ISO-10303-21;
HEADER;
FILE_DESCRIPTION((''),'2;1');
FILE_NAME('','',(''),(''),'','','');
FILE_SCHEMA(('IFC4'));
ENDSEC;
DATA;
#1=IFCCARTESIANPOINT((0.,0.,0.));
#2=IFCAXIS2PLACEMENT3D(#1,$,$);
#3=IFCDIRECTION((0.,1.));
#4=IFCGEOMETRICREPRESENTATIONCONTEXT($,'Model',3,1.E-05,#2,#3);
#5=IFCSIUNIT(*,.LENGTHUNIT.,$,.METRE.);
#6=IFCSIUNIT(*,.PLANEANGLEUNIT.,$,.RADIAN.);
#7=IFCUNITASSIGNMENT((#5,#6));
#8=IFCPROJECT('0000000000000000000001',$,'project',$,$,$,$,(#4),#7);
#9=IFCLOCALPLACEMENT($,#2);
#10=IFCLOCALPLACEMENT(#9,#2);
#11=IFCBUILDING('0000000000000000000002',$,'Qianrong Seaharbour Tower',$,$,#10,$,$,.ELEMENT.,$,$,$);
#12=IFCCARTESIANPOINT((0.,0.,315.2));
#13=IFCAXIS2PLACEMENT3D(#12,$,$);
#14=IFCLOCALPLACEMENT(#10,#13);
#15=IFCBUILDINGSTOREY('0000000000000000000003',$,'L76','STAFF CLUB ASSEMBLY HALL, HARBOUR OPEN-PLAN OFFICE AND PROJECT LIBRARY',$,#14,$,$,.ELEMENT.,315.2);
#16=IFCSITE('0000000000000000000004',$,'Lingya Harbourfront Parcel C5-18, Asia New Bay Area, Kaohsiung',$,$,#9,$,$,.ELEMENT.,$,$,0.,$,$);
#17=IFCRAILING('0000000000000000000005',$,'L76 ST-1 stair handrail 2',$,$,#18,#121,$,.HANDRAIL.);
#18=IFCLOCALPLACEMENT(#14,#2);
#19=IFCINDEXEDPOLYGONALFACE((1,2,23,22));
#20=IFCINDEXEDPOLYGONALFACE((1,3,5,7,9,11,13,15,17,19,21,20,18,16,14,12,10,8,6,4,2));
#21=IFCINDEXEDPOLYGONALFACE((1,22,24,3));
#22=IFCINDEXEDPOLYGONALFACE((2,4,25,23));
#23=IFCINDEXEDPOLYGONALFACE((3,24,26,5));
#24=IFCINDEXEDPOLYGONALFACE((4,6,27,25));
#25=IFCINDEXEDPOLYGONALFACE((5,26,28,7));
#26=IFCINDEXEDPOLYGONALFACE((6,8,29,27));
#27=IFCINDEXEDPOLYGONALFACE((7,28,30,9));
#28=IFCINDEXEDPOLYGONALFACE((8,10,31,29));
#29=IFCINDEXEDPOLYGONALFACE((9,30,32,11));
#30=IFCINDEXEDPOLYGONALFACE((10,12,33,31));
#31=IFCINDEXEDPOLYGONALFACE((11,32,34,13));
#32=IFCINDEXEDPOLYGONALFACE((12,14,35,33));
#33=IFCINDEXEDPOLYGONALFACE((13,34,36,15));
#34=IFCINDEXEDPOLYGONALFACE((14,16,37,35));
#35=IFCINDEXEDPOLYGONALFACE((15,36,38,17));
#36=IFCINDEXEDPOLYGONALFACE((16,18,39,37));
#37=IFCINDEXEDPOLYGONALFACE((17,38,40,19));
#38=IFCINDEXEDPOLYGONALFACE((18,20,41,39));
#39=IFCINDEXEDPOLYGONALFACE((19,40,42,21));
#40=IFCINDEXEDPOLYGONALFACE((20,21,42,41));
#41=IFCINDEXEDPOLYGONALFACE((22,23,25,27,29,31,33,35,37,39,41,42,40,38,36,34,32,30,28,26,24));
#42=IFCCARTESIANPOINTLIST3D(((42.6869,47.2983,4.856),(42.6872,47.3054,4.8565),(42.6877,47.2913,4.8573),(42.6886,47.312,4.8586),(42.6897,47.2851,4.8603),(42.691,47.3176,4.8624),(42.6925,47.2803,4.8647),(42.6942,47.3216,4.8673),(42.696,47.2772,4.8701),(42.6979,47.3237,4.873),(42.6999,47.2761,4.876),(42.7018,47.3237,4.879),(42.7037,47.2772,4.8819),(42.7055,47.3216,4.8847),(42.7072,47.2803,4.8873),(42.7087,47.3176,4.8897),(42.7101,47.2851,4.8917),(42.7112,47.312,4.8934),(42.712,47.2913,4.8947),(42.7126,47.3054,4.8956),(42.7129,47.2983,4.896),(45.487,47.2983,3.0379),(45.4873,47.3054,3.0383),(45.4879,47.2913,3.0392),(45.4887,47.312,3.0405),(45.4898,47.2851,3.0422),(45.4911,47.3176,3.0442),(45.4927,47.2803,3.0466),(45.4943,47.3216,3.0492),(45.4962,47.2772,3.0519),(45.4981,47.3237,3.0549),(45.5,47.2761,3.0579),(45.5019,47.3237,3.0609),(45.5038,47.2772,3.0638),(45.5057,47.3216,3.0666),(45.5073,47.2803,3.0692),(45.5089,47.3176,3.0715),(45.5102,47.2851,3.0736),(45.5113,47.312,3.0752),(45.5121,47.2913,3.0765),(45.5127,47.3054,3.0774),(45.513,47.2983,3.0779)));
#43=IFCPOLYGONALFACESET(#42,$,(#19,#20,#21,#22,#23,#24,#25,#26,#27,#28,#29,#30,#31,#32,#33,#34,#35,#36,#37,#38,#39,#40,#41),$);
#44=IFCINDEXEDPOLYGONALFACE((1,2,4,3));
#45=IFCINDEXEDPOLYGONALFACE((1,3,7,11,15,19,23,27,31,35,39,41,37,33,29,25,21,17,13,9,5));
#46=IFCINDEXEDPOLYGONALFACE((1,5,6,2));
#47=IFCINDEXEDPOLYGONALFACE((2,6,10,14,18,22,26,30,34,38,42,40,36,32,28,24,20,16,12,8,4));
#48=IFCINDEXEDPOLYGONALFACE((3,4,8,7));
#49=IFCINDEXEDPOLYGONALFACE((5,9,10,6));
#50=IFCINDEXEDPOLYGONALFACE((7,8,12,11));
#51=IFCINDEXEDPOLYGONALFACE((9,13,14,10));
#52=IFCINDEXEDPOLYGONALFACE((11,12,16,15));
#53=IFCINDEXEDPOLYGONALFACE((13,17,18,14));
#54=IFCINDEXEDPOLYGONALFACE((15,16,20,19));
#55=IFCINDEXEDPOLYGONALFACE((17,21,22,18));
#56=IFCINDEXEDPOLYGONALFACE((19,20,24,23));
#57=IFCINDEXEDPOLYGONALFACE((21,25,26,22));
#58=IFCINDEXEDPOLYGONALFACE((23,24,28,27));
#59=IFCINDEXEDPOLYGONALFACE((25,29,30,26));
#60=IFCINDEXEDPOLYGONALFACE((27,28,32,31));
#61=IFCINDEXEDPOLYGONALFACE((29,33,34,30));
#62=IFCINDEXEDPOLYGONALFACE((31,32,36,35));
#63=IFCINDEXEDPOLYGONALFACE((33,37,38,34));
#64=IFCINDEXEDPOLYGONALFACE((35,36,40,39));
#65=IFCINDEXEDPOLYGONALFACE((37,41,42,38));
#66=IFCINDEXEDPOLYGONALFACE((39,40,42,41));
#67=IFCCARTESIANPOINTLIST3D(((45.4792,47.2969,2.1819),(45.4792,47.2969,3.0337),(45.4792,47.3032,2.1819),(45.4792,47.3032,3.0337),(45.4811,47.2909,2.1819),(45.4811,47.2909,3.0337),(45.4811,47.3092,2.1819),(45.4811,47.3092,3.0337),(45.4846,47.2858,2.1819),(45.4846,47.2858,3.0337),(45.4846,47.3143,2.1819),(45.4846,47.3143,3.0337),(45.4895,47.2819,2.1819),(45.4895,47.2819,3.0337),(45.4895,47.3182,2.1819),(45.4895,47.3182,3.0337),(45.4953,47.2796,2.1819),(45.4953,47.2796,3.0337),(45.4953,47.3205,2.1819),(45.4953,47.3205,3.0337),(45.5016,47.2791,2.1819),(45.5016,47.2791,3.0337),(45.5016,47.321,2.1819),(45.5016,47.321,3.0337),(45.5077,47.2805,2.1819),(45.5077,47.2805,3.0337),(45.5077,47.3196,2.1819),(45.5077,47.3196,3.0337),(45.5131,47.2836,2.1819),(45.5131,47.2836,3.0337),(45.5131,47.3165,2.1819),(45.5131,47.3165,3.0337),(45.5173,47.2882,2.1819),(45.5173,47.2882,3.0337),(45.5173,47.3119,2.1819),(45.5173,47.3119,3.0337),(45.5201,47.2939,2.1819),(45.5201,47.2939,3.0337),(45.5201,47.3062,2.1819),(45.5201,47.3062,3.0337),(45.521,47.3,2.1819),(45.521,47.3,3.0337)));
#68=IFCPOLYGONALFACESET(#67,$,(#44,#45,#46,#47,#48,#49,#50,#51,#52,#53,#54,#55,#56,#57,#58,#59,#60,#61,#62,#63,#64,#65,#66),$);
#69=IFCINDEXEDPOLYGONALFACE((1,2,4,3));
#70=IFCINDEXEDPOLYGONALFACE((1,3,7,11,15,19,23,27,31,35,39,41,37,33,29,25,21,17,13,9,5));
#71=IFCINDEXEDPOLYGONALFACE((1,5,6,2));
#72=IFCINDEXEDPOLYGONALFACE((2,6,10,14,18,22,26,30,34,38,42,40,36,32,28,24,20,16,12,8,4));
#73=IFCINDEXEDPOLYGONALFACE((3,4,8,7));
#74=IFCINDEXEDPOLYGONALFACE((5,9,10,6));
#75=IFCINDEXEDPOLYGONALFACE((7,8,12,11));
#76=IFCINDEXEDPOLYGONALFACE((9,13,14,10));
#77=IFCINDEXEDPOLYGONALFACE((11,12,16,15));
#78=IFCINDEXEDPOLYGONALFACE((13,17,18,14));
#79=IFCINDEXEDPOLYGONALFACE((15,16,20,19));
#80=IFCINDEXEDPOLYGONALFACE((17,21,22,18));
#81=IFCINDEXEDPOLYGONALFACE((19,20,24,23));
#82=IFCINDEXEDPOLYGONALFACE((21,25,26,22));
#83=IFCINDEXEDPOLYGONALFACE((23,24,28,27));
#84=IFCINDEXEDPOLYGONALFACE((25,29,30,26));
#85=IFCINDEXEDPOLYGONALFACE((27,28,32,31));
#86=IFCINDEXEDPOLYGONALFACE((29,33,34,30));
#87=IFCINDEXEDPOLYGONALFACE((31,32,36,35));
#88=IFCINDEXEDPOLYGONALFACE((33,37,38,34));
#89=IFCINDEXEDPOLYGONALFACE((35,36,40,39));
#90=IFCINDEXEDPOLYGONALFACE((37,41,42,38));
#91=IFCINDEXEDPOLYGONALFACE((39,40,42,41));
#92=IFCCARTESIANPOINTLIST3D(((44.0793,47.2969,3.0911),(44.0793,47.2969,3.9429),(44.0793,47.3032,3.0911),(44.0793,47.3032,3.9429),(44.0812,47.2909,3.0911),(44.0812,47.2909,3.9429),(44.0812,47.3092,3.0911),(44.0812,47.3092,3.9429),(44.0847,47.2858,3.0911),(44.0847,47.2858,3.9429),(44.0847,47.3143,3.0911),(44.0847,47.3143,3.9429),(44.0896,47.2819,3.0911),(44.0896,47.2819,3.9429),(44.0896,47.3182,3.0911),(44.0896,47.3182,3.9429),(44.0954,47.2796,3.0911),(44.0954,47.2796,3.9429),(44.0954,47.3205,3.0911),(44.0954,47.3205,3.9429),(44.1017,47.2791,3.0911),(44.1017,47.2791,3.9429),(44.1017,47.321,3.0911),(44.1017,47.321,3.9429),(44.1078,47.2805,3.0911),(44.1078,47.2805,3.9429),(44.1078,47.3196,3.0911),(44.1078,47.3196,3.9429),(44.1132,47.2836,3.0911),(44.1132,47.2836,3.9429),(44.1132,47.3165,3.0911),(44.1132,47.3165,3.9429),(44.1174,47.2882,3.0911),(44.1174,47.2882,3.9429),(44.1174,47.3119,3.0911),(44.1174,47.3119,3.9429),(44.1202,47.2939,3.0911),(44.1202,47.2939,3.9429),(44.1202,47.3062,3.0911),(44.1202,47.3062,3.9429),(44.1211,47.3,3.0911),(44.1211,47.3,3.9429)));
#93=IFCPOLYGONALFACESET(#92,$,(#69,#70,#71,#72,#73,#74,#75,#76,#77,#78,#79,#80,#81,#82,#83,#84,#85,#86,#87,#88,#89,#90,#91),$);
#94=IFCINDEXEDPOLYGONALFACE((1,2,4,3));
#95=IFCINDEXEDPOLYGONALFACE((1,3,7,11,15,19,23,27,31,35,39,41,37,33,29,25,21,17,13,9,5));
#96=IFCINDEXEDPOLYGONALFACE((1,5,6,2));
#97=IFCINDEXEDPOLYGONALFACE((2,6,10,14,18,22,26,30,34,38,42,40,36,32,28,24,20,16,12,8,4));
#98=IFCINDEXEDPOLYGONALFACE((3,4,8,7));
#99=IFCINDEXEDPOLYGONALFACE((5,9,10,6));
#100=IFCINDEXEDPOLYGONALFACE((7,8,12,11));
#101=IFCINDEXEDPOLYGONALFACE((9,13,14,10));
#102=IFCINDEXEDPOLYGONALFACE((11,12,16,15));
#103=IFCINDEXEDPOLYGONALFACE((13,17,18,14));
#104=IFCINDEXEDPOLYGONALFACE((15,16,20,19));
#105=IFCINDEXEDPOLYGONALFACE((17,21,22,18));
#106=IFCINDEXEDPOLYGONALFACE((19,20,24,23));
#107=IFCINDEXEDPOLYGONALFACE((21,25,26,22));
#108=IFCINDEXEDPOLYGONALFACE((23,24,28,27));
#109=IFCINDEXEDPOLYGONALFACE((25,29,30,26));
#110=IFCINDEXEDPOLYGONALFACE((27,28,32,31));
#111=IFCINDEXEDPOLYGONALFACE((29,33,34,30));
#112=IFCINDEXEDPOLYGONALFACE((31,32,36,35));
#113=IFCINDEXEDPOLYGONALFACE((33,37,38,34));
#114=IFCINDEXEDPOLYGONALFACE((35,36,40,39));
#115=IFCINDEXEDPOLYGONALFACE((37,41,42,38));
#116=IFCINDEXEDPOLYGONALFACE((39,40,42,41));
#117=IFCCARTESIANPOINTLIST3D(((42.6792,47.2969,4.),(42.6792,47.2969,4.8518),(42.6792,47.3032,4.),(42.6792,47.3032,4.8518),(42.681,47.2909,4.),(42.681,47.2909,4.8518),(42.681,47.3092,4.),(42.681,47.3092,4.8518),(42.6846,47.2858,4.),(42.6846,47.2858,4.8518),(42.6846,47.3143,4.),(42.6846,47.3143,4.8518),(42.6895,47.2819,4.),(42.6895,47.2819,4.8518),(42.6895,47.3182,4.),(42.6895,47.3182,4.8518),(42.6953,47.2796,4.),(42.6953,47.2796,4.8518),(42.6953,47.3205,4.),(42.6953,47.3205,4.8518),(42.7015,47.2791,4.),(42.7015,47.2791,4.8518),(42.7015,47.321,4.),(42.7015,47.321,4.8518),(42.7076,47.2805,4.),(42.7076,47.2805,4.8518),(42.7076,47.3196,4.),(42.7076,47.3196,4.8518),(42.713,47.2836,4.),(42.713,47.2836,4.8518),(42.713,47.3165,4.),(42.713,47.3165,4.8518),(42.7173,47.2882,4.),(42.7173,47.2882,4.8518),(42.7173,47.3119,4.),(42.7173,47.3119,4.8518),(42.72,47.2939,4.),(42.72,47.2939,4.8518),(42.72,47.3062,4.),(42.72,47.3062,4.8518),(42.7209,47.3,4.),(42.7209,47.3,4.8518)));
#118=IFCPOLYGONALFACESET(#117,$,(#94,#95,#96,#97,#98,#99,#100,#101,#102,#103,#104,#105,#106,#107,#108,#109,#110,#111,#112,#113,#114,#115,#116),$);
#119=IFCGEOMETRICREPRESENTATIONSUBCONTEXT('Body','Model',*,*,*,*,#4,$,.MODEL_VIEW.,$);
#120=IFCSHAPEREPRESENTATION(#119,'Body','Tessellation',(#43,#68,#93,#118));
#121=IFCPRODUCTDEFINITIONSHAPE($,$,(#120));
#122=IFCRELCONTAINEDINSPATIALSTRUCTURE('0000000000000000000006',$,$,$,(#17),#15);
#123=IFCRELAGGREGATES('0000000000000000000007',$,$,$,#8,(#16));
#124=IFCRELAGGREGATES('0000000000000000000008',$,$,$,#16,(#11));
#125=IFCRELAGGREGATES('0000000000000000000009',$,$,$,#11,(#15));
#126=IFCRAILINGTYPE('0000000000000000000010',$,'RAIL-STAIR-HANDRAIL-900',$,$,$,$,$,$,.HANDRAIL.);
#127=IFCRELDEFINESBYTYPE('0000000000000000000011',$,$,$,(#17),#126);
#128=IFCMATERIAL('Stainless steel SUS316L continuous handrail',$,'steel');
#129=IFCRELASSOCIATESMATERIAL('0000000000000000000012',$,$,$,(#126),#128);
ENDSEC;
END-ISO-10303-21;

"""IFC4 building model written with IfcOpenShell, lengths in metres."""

from ifc_helpers import new_model, si_unit, direction, frame, origin, origin_2d, place, context, subcontext, project, spatial, circle, extrude, material, type_object, element, save


model = new_model("IFC4")

# Units and contexts
model_context = context("Model", 3, precision=1e-05, world=origin(), true_north=direction((0.0, 1.0)))
body_context = subcontext(model_context, "Body", "Model", "MODEL_VIEW")
ifc_project = project(units=[si_unit("LENGTHUNIT", "METRE"), si_unit("PLANEANGLEUNIT", "RADIAN")], contexts=[model_context])

# Site, building, storey
site_placement = place(None, origin())
site = spatial("IfcSite", under=ifc_project, at=site_placement, Name="Lingya Harbourfront Parcel C5-18, Asia New Bay Area, Kaohsiung", CompositionType="ELEMENT", RefElevation=0.0)
building_placement = place(site_placement, origin())
building = spatial("IfcBuilding", under=site, at=building_placement, Name="Qianrong Seaharbour Tower", CompositionType="ELEMENT")
storey_placement = place(building_placement, frame((0.0, 0.0, 315.2)))
storey = spatial("IfcBuildingStorey", under=building, at=storey_placement, Name="L76", Description="STAFF CLUB ASSEMBLY HALL, HARBOUR OPEN-PLAN OFFICE AND PROJECT LIBRARY", CompositionType="ELEMENT", Elevation=315.2)

# Railing
ifc_material_1 = material(Name="Stainless steel SUS316L continuous handrail", Category="steel")
railing_type_1 = type_object("IfcRailingType", Name="RAIL-STAIR-HANDRAIL-900", PredefinedType="HANDRAIL", material=ifc_material_1)
railing_1_placement = place(storey_placement, frame((45.5, 47.3, 2.1819)))
element("IfcRailing", 1, at=railing_1_placement, inside=storey, type_object=railing_type_1, Name="L76 ST-1 stair handrail 2", PredefinedType="HANDRAIL", context=body_context, shape_type="SweptSolid", body=[
    extrude(circle(Radius=0.0239, at=origin_2d()), frame((0.0, 0.0, 0.876), z_axis=(-0.838706, 0.0, 0.544585), x_axis=(0.0, -1.0, 0.0)), (0.0, 0.0, 1.0), 3.3386),
    extrude(circle(Radius=0.021, at=origin_2d()), origin(), (0.0, 0.0, 1.0), 0.8518),
    extrude(circle(Radius=0.021, at=origin_2d()), frame((-1.3999, 0.0, 0.9092)), (0.0, 0.0, 1.0), 0.8518),
    extrude(circle(Radius=0.021, at=origin_2d()), frame((-2.8, 0.0, 1.8181)), (0.0, 0.0, 1.0), 0.8518),
])

save(model, "model.ifc")
